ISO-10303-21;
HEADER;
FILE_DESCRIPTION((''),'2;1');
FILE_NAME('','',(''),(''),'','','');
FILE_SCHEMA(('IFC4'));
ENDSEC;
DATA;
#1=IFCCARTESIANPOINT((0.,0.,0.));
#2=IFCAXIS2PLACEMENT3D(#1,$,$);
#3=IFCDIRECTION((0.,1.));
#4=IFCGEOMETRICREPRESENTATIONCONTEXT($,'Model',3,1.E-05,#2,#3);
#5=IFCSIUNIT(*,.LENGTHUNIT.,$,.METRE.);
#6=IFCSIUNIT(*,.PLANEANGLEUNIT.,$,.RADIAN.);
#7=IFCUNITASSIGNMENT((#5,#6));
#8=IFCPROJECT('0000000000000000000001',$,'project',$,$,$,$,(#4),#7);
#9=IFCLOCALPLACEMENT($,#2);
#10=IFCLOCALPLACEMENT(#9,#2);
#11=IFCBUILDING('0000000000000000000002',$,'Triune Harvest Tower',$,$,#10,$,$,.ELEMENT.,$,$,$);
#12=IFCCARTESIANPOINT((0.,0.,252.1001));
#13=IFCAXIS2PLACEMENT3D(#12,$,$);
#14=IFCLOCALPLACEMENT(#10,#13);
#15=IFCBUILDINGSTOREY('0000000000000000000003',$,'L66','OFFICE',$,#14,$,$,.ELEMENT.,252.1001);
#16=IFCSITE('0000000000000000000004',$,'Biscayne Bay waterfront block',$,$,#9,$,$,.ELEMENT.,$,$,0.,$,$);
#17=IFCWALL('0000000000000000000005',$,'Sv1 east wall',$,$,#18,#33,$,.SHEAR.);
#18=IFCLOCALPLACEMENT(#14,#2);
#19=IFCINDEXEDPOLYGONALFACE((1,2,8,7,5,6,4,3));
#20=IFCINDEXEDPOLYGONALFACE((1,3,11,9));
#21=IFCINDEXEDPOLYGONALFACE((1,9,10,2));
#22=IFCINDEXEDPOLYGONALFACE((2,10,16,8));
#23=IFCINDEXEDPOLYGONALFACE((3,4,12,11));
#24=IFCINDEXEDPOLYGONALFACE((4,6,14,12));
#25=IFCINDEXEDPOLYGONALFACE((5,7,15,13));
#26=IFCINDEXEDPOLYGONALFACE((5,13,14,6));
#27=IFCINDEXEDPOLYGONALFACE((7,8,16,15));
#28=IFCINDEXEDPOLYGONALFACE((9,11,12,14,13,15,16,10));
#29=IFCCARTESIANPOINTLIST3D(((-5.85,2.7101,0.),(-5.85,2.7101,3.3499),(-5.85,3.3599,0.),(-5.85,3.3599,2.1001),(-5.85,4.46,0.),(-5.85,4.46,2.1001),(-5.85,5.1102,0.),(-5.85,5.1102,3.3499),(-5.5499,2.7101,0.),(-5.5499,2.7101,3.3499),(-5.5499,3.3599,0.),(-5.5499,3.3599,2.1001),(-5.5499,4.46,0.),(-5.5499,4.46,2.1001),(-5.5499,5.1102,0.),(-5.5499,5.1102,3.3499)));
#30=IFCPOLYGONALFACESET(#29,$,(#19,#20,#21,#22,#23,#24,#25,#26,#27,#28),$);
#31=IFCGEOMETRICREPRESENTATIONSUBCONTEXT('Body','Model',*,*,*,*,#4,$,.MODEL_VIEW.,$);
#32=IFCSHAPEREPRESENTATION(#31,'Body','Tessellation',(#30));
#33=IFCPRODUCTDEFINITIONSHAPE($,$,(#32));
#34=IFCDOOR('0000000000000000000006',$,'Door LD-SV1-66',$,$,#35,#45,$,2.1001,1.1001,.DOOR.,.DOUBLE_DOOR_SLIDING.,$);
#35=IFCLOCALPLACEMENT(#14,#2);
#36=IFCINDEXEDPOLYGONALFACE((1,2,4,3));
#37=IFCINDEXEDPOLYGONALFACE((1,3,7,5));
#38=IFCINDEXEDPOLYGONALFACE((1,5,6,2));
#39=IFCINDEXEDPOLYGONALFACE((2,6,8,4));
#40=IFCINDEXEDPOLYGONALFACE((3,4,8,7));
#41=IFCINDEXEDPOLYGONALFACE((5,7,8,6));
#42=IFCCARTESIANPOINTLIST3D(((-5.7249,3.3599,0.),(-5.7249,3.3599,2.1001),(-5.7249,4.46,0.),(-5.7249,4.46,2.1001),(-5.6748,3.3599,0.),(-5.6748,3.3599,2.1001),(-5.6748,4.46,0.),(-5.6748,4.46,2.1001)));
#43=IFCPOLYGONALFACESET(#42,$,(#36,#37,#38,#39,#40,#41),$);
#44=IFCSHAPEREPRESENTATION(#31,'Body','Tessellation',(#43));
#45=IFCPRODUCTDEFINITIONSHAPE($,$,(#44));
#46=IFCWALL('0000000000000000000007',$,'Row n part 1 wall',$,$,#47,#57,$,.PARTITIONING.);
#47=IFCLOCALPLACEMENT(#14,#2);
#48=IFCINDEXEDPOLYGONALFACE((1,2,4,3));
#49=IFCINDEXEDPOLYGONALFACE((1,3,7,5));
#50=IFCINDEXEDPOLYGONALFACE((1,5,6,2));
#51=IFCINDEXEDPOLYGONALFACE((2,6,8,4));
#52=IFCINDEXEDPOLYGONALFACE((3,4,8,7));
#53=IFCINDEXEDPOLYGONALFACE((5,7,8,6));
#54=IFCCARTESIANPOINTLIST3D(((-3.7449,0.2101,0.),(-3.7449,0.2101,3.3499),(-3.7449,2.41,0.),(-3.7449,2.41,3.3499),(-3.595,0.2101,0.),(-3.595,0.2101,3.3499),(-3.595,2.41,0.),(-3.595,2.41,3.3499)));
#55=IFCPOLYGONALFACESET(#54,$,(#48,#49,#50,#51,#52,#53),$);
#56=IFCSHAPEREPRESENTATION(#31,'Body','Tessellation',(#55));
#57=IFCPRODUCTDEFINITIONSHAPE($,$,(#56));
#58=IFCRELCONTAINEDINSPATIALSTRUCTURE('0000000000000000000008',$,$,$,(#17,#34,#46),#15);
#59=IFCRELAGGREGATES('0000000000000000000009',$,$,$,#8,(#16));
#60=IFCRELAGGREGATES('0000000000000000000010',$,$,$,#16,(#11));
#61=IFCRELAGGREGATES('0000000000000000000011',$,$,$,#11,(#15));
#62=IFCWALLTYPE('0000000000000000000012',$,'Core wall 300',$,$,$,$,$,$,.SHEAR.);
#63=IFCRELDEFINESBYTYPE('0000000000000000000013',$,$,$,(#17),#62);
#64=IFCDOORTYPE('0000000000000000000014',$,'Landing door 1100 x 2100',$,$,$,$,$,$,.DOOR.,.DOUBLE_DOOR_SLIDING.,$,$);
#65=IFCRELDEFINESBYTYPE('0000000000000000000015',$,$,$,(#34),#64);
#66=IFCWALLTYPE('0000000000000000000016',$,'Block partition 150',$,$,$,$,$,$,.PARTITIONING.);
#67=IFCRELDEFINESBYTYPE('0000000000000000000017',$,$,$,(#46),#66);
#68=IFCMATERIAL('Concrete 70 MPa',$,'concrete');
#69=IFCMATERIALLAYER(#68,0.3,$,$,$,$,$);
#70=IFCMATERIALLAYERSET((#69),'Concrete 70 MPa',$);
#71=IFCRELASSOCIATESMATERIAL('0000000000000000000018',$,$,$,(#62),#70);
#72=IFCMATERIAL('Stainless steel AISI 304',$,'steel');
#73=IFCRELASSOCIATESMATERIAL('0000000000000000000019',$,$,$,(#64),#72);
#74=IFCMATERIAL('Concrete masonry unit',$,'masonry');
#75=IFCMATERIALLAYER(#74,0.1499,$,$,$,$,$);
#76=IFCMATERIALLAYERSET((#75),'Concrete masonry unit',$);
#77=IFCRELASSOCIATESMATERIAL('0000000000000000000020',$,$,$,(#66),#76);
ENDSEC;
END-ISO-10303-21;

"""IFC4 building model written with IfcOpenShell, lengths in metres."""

from ifc_helpers import new_model, si_unit, direction, frame, frame_2d, origin, place, context, subcontext, project, spatial, rectangle, extrude, source, transform, mapped, material, layer, layer_set, type_object, element, fill, save


model = new_model("IFC4")

# Units and contexts
model_context = context("Model", 3, precision=1e-05, world=origin(), true_north=direction((0.0, 1.0)))
body_context = subcontext(model_context, "Body", "Model", "MODEL_VIEW")
ifc_project = project(units=[si_unit("LENGTHUNIT", "METRE"), si_unit("PLANEANGLEUNIT", "RADIAN")], contexts=[model_context])

# Site, building, storey
site_placement = place(None, origin())
site = spatial("IfcSite", under=ifc_project, at=site_placement, Name="Biscayne Bay waterfront block", CompositionType="ELEMENT", RefElevation=0.0)
building_placement = place(site_placement, origin())
building = spatial("IfcBuilding", under=site, at=building_placement, Name="Triune Harvest Tower", CompositionType="ELEMENT")
storey_placement = place(building_placement, frame((0.0, 0.0, 252.1001)))
storey = spatial("IfcBuildingStorey", under=building, at=storey_placement, Name="L66", Description="OFFICE", CompositionType="ELEMENT", Elevation=252.1001)

# Shared definitions
ifc_material_1 = material(Name="Concrete 70 MPa", Category="concrete")
ifc_layer_1 = layer(ifc_material_1, 0.3)
ifc_layer_set_1 = layer_set([ifc_layer_1], Name="Concrete 70 MPa")
wall_type_1 = type_object("IfcWallType", Name="Core wall 300", PredefinedType="SHEAR", material=ifc_layer_set_1)

# Shared definitions
shared_shape_1 = source(origin(), body_context, "Body", "SweptSolid", [
    extrude(rectangle(XDim=2.4001, YDim=0.3, at=frame_2d((1.2002, 0.0))), origin(), (0.0, 0.0, 1.0), 3.3499),
])

# Wall, opening, door
wall_1_placement = place(storey_placement, frame((-5.7, 2.71, 0.0), z_axis=(0.0, 0.0, 1.0), x_axis=(0.0, 1.0, 0.0)))
wall_1 = element("IfcWall", 1, at=wall_1_placement, inside=storey, type_object=wall_type_1, Name="Sv1 east wall", PredefinedType="SHEAR", context=body_context, shape_type="MappedRepresentation", body=[
    mapped(shared_shape_1, transform((0.0, 0.0, 0.0), scale=1.0)),
])
opening_1_placement = place(wall_1_placement, frame((0.6499, 0.0, 0.0)))
opening_1 = element("IfcOpeningElement", 2, at=opening_1_placement, cuts=wall_1, PredefinedType="OPENING", context=body_context, shape_type="SweptSolid", body=[
    extrude(rectangle(XDim=1.1001, YDim=2.1001, at=frame_2d((0.55, 1.05))), frame((0.0, 0.1602, 0.0), z_axis=(0.0, -1.0, 0.0), x_axis=(1.0, 0.0, 0.0)), (0.0, 0.0, 1.0), 0.3201),
])
ifc_material_2 = material(Name="Stainless steel AISI 304", Category="steel")
door_type_1 = type_object("IfcDoorType", Name="Landing door 1100 x 2100", OperationType="DOUBLE_DOOR_SLIDING", PredefinedType="DOOR", material=ifc_material_2)
door_1_placement = place(opening_1_placement, origin())
door_1 = element("IfcDoor", 3, at=door_1_placement, inside=storey, type_object=door_type_1, Name="Door LD-SV1-66", OperationType="DOUBLE_DOOR_SLIDING", OverallHeight=2.1001, OverallWidth=1.1001, PredefinedType="DOOR", context=body_context, shape_type="SweptSolid", body=[
    extrude(rectangle(XDim=1.1001, YDim=2.1001, at=frame_2d((0.55, 1.05))), frame((0.0, 0.0249, 0.0), z_axis=(0.0, -1.0, 0.0), x_axis=(1.0, 0.0, 0.0)), (0.0, 0.0, 1.0), 0.05),
])
fill(opening_1, door_1)

# Wall
ifc_material_3 = material(Name="Concrete masonry unit", Category="masonry")
ifc_layer_2 = layer(ifc_material_3, 0.1499)
ifc_layer_set_2 = layer_set([ifc_layer_2], Name="Concrete masonry unit")
wall_type_2 = type_object("IfcWallType", Name="Block partition 150", PredefinedType="PARTITIONING", material=ifc_layer_set_2)
shared_shape_2 = source(origin(), body_context, "Body", "SweptSolid", [
    extrude(rectangle(XDim=2.2, YDim=0.1499, at=frame_2d((1.1001, 0.0))), origin(), (0.0, 0.0, 1.0), 3.3499),
])
wall_2_placement = place(storey_placement, frame((-3.6699, 0.21, 0.0), z_axis=(0.0, 0.0, 1.0), x_axis=(0.0, 1.0, 0.0)))
element("IfcWall", 4, at=wall_2_placement, inside=storey, type_object=wall_type_2, Name="Row n part 1 wall", PredefinedType="PARTITIONING", context=body_context, shape_type="MappedRepresentation", body=[
    mapped(shared_shape_2, transform((0.0, 0.0, 0.0), scale=1.0)),
])

save(model, "model.ifc")
